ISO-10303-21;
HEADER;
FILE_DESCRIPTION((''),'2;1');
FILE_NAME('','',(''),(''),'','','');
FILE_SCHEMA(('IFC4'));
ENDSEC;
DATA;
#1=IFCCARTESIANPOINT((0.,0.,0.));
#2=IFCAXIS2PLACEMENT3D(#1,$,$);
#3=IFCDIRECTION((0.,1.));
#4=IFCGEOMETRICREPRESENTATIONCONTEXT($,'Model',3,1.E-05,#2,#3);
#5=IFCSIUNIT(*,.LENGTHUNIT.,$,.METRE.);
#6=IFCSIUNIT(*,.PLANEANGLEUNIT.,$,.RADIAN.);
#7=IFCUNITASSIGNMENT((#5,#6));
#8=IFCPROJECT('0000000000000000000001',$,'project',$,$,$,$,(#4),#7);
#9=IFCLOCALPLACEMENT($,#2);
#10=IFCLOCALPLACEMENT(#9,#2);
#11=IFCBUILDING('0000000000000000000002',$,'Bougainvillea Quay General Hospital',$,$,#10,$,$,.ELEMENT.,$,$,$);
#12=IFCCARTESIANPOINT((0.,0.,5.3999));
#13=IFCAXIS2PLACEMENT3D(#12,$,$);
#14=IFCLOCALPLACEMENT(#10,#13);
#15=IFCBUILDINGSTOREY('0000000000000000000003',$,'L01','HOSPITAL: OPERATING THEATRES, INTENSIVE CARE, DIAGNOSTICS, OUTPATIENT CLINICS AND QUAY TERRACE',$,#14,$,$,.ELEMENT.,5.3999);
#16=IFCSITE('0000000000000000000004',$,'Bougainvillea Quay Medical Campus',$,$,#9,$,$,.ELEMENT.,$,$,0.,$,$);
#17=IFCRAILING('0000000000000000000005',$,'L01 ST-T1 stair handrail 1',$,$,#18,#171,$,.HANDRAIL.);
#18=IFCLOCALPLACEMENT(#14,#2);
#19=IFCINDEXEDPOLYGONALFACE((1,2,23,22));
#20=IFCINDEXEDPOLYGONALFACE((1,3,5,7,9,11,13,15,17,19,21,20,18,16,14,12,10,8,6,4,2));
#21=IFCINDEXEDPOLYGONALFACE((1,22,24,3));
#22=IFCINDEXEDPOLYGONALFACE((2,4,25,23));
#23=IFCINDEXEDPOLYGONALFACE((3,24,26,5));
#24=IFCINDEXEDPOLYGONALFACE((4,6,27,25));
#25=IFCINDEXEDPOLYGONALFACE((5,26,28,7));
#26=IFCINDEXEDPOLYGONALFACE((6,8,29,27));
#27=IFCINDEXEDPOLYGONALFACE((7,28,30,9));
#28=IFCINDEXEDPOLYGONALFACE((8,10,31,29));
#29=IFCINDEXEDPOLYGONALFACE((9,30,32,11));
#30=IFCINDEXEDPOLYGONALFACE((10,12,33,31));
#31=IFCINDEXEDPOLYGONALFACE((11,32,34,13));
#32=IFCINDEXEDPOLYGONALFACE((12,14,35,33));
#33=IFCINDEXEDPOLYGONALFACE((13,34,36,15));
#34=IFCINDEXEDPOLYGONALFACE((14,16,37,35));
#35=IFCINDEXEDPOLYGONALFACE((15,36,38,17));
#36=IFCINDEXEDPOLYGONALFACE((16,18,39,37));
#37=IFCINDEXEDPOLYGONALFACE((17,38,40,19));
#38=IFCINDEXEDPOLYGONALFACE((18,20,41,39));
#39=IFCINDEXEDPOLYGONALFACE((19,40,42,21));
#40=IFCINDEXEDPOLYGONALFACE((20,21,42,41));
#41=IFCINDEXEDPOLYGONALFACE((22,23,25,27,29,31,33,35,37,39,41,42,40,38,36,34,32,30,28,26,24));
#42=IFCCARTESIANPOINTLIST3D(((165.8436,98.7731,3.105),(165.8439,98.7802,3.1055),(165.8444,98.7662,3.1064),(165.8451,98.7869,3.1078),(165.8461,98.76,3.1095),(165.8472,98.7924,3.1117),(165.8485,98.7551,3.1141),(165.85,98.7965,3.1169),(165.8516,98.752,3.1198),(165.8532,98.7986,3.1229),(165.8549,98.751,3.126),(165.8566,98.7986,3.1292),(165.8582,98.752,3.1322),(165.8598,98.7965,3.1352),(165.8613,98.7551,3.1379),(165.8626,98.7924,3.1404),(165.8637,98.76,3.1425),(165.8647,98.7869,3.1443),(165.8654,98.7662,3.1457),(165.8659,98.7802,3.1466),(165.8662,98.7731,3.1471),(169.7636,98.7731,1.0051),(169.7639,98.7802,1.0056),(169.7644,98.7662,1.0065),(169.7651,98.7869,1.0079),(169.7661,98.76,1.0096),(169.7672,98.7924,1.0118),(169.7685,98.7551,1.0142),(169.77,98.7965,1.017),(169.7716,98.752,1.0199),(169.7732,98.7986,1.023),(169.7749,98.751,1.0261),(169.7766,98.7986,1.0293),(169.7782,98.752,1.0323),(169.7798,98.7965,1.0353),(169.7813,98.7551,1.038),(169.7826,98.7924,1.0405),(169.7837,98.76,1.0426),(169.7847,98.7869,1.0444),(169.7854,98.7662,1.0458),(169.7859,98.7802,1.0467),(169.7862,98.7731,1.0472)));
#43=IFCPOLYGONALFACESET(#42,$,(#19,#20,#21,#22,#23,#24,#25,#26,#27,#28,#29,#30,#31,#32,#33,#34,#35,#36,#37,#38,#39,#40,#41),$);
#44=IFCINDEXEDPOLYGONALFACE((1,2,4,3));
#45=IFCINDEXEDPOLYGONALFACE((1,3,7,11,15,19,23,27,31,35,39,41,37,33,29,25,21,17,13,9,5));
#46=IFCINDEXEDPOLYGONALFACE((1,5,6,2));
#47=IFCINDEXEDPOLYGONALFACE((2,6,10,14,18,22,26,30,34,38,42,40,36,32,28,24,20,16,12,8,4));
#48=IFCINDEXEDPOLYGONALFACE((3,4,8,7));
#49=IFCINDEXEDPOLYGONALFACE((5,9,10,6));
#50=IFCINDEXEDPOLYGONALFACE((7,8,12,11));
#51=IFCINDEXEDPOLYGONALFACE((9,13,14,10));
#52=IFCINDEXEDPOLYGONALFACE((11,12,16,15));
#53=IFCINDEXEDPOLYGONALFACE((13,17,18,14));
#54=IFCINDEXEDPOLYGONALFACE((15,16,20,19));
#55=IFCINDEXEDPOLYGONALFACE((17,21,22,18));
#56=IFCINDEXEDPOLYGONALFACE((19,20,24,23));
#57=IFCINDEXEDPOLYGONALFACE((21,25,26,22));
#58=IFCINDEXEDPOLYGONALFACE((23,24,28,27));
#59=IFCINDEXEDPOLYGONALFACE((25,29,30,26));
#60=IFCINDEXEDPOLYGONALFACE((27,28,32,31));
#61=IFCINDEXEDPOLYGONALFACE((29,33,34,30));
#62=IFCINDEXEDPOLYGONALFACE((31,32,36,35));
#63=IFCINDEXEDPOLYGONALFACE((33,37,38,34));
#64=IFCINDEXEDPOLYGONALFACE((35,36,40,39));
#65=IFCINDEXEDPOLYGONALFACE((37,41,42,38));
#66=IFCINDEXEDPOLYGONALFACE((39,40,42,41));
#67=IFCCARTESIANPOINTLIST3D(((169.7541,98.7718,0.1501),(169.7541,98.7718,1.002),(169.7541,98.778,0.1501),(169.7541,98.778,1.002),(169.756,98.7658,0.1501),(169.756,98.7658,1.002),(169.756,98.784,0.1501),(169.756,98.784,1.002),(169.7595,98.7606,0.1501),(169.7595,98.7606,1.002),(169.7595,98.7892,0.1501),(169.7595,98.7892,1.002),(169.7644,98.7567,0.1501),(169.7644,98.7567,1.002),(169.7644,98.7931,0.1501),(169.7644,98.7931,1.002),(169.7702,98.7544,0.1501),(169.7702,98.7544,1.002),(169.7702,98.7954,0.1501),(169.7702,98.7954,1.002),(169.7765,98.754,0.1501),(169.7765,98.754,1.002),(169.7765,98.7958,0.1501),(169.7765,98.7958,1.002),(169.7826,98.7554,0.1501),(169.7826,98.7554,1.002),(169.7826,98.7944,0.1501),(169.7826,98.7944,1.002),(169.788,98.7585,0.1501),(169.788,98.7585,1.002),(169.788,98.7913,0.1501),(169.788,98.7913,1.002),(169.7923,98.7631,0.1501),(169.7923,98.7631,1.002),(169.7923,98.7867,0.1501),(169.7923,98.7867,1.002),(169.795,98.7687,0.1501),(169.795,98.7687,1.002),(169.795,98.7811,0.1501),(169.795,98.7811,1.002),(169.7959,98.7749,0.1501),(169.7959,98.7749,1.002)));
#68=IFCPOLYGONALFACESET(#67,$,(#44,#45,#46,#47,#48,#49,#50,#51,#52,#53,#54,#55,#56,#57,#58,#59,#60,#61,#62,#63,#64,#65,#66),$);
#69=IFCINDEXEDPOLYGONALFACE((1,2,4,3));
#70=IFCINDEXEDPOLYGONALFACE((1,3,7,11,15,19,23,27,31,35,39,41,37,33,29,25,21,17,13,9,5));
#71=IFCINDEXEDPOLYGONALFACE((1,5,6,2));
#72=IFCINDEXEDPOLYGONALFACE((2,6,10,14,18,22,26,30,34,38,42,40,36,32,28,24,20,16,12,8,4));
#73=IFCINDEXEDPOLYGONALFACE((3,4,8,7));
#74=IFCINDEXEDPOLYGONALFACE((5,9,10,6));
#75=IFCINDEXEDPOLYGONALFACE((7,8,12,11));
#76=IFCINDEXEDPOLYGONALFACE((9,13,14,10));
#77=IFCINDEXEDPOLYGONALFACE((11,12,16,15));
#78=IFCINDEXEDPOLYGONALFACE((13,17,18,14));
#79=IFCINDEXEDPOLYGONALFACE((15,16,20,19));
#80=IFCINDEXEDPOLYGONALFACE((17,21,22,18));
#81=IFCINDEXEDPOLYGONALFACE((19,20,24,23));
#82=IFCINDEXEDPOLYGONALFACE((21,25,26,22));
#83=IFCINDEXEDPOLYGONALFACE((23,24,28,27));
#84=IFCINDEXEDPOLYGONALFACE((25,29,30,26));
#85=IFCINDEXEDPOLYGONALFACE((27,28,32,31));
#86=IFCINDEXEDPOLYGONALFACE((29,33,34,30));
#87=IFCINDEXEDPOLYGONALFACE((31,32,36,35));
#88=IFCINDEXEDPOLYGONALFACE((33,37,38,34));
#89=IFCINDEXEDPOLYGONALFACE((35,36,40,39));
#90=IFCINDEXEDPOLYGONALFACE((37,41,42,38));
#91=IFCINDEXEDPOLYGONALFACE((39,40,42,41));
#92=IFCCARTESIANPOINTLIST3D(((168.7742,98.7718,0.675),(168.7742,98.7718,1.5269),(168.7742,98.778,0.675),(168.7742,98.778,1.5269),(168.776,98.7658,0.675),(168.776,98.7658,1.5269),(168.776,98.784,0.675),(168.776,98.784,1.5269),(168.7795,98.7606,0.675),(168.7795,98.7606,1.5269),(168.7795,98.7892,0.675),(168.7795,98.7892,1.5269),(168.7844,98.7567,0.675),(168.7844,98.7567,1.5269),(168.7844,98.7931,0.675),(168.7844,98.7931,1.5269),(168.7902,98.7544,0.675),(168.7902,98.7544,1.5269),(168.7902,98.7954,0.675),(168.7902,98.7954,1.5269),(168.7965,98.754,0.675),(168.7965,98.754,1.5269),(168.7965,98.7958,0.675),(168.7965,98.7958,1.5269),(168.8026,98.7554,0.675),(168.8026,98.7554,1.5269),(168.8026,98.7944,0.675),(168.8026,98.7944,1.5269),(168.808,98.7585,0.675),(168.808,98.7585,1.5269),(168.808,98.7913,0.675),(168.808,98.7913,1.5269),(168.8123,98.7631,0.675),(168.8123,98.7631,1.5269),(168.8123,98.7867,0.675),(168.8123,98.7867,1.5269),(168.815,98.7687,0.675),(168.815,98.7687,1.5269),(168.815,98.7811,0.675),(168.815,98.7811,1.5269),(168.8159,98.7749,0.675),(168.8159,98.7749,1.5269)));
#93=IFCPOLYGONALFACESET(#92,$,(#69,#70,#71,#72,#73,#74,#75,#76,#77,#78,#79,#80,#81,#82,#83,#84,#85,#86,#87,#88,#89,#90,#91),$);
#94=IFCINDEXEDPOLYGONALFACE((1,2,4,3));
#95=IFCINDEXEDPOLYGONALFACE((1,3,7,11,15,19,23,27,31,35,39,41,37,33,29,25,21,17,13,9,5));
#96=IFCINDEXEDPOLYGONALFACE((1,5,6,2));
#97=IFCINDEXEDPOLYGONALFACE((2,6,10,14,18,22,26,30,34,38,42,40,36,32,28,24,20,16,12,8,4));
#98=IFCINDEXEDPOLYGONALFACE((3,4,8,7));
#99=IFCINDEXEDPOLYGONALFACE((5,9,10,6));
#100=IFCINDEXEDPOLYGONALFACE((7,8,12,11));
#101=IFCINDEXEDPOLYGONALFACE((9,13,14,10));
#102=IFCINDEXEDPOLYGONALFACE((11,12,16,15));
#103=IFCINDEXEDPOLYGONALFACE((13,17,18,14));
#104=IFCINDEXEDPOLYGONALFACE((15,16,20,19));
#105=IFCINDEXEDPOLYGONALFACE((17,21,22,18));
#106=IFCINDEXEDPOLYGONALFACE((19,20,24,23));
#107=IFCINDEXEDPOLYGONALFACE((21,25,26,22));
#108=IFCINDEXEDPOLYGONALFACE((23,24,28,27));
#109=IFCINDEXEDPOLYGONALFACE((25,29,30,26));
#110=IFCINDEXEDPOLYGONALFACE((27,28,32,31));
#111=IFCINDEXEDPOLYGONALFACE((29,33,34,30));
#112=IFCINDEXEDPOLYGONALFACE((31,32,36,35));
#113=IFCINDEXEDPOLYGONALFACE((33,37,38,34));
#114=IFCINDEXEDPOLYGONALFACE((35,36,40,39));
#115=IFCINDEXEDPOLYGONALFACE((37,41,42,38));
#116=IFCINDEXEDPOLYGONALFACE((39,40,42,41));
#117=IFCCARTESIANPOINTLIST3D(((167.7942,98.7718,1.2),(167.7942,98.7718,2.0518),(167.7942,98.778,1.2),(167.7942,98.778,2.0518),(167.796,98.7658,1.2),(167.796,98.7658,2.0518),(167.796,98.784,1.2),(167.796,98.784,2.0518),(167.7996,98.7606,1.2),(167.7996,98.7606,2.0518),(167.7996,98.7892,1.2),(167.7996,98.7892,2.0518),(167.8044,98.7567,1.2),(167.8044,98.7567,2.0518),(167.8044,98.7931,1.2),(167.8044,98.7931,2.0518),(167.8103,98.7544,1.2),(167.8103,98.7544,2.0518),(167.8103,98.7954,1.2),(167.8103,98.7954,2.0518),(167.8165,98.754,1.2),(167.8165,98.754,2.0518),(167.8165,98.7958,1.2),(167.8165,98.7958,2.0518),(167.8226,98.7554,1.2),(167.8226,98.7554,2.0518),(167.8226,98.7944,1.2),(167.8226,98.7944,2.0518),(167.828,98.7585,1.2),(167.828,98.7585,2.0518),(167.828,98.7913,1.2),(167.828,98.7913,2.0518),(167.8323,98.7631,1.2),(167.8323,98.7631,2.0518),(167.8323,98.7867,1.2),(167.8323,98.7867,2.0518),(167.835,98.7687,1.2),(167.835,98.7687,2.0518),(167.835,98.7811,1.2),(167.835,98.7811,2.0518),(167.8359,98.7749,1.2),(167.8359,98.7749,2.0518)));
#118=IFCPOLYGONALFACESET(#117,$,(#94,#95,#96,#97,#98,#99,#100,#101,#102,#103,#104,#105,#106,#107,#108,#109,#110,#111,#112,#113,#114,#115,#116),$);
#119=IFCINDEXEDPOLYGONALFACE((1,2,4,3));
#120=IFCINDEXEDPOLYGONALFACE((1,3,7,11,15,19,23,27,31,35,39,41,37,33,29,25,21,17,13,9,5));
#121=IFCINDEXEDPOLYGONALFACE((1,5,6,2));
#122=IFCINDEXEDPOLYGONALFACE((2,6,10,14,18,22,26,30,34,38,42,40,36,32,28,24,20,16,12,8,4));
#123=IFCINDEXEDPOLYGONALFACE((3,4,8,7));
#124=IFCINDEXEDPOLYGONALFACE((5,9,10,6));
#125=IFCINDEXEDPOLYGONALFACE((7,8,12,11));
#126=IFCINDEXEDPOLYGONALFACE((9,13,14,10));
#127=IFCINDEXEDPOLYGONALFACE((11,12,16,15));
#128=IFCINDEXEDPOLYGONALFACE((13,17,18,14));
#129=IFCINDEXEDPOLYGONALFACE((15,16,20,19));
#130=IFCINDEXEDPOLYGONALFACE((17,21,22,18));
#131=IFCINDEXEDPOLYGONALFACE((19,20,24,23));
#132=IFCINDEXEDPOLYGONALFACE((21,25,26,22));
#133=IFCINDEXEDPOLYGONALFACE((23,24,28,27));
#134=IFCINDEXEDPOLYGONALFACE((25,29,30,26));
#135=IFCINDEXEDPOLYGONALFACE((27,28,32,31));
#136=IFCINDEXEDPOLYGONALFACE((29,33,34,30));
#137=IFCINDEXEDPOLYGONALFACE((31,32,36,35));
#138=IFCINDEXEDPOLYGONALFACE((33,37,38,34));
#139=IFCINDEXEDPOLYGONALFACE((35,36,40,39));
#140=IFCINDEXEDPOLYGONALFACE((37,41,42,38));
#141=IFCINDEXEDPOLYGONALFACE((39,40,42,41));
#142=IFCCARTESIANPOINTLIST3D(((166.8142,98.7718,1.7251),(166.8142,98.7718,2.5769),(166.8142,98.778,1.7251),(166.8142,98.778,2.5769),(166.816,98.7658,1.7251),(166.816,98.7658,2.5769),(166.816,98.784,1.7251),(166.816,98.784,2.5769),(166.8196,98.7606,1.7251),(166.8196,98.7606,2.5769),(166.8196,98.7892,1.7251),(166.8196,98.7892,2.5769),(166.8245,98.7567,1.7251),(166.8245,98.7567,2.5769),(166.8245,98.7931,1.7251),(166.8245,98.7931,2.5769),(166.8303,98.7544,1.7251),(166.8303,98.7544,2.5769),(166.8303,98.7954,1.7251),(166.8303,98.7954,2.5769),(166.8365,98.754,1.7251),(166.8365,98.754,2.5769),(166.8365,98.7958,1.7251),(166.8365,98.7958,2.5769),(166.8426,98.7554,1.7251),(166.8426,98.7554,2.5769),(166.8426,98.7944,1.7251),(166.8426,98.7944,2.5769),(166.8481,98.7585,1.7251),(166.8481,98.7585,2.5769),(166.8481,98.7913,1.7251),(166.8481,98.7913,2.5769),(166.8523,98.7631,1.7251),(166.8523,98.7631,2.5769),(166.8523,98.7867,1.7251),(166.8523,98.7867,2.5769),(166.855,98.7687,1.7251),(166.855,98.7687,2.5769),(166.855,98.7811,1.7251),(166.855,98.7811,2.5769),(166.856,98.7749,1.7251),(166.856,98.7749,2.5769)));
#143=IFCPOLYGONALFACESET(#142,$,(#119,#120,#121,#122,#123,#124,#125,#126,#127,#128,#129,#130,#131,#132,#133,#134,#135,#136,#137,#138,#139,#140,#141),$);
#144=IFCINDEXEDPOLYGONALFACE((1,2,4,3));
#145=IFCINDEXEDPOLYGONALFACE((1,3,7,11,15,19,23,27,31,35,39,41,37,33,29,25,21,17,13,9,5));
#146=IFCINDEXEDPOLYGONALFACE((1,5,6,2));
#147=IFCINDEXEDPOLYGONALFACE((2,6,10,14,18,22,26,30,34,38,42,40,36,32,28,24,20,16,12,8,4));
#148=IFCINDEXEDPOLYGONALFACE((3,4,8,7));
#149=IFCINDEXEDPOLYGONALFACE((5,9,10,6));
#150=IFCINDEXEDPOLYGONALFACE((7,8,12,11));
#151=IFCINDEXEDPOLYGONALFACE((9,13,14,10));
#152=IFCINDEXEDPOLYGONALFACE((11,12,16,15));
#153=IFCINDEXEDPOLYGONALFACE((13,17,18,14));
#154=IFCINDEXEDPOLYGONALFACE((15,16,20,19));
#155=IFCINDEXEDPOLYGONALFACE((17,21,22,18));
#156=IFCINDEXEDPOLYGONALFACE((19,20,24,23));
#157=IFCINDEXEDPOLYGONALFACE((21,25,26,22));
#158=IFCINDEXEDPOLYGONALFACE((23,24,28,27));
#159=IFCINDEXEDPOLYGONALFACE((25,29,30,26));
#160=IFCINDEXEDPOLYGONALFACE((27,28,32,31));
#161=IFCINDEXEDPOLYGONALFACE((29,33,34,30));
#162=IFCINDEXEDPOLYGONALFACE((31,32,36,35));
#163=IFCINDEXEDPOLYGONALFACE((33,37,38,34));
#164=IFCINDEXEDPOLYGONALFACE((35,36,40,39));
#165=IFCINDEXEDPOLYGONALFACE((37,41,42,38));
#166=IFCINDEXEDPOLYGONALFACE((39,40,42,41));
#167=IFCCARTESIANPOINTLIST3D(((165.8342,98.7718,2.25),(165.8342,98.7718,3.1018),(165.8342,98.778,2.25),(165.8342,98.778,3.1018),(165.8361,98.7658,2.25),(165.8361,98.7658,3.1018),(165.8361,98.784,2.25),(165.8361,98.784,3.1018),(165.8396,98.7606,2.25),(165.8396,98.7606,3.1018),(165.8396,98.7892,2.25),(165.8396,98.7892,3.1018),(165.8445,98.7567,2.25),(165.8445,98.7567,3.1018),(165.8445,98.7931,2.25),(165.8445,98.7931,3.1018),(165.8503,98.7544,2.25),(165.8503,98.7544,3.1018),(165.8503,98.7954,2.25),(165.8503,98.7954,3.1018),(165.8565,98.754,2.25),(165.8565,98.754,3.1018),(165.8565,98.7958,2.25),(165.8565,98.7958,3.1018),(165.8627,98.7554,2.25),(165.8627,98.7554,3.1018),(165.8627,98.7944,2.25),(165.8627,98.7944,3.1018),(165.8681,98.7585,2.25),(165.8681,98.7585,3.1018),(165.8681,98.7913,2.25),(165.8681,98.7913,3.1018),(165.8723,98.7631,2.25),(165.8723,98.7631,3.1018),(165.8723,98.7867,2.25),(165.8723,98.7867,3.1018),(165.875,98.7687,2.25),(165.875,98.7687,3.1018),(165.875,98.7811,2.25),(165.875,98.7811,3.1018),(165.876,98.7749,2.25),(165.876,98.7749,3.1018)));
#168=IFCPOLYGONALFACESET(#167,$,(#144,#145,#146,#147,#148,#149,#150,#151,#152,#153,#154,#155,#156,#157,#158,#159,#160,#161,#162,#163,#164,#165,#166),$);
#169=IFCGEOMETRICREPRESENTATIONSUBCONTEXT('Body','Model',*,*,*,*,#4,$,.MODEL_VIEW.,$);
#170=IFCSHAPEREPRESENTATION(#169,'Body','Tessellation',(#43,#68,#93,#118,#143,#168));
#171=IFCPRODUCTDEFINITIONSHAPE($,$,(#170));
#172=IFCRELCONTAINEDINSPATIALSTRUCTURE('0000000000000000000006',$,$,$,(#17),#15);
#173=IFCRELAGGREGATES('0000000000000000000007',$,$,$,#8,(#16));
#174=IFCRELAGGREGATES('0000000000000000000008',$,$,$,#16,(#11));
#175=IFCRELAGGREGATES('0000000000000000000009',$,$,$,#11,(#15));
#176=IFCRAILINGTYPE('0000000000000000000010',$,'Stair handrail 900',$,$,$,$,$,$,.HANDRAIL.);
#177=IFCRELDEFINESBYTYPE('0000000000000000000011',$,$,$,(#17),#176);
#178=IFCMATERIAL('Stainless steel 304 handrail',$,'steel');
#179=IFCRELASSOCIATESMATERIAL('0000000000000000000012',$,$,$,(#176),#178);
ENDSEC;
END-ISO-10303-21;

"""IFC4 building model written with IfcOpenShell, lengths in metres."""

from ifc_helpers import new_model, si_unit, direction, frame, origin, origin_2d, place, context, subcontext, project, spatial, circle, extrude, material, type_object, element, save


model = new_model("IFC4")

# Units and contexts
model_context = context("Model", 3, precision=1e-05, world=origin(), true_north=direction((0.0, 1.0)))
body_context = subcontext(model_context, "Body", "Model", "MODEL_VIEW")
ifc_project = project(units=[si_unit("LENGTHUNIT", "METRE"), si_unit("PLANEANGLEUNIT", "RADIAN")], contexts=[model_context])

# Site, building, storey
site_placement = place(None, origin())
site = spatial("IfcSite", under=ifc_project, at=site_placement, Name="Bougainvillea Quay Medical Campus", CompositionType="ELEMENT", RefElevation=0.0)
building_placement = place(site_placement, origin())
building = spatial("IfcBuilding", under=site, at=building_placement, Name="Bougainvillea Quay General Hospital", CompositionType="ELEMENT")
storey_placement = place(building_placement, frame((0.0, 0.0, 5.3999)))
storey = spatial("IfcBuildingStorey", under=building, at=storey_placement, Name="L01", Description="HOSPITAL: OPERATING THEATRES, INTENSIVE CARE, DIAGNOSTICS, OUTPATIENT CLINICS AND QUAY TERRACE", CompositionType="ELEMENT", Elevation=5.3999)

# Railing
ifc_material_1 = material(Name="Stainless steel 304 handrail", Category="steel")
railing_type_1 = type_object("IfcRailingType", Name="Stair handrail 900", PredefinedType="HANDRAIL", material=ifc_material_1)
railing_1_placement = place(storey_placement, frame((169.7749, 98.7749, 0.1501)))
element("IfcRailing", 1, at=railing_1_placement, inside=storey, type_object=railing_type_1, Name="L01 ST-T1 stair handrail 1", PredefinedType="HANDRAIL", context=body_context, shape_type="SweptSolid", body=[
    extrude(circle(Radius=0.0239, at=origin_2d()), frame((0.0, 0.0, 0.876), z_axis=(-0.88149, 0.0, 0.472203), x_axis=(0.0, -1.0, 0.0)), (0.0, 0.0, 1.0), 4.447),
    extrude(circle(Radius=0.021, at=origin_2d()), origin(), (0.0, 0.0, 1.0), 0.8518),
    extrude(circle(Radius=0.021, at=origin_2d()), frame((-0.98, 0.0, 0.5249)), (0.0, 0.0, 1.0), 0.8518),
    extrude(circle(Radius=0.021, at=origin_2d()), frame((-1.96, 0.0, 1.0498)), (0.0, 0.0, 1.0), 0.8518),
    extrude(circle(Radius=0.021, at=origin_2d()), frame((-2.9399, 0.0, 1.575)), (0.0, 0.0, 1.0), 0.8518),
    extrude(circle(Radius=0.021, at=origin_2d()), frame((-3.9199, 0.0, 2.0999)), (0.0, 0.0, 1.0), 0.8518),
])

save(model, "model.ifc")
